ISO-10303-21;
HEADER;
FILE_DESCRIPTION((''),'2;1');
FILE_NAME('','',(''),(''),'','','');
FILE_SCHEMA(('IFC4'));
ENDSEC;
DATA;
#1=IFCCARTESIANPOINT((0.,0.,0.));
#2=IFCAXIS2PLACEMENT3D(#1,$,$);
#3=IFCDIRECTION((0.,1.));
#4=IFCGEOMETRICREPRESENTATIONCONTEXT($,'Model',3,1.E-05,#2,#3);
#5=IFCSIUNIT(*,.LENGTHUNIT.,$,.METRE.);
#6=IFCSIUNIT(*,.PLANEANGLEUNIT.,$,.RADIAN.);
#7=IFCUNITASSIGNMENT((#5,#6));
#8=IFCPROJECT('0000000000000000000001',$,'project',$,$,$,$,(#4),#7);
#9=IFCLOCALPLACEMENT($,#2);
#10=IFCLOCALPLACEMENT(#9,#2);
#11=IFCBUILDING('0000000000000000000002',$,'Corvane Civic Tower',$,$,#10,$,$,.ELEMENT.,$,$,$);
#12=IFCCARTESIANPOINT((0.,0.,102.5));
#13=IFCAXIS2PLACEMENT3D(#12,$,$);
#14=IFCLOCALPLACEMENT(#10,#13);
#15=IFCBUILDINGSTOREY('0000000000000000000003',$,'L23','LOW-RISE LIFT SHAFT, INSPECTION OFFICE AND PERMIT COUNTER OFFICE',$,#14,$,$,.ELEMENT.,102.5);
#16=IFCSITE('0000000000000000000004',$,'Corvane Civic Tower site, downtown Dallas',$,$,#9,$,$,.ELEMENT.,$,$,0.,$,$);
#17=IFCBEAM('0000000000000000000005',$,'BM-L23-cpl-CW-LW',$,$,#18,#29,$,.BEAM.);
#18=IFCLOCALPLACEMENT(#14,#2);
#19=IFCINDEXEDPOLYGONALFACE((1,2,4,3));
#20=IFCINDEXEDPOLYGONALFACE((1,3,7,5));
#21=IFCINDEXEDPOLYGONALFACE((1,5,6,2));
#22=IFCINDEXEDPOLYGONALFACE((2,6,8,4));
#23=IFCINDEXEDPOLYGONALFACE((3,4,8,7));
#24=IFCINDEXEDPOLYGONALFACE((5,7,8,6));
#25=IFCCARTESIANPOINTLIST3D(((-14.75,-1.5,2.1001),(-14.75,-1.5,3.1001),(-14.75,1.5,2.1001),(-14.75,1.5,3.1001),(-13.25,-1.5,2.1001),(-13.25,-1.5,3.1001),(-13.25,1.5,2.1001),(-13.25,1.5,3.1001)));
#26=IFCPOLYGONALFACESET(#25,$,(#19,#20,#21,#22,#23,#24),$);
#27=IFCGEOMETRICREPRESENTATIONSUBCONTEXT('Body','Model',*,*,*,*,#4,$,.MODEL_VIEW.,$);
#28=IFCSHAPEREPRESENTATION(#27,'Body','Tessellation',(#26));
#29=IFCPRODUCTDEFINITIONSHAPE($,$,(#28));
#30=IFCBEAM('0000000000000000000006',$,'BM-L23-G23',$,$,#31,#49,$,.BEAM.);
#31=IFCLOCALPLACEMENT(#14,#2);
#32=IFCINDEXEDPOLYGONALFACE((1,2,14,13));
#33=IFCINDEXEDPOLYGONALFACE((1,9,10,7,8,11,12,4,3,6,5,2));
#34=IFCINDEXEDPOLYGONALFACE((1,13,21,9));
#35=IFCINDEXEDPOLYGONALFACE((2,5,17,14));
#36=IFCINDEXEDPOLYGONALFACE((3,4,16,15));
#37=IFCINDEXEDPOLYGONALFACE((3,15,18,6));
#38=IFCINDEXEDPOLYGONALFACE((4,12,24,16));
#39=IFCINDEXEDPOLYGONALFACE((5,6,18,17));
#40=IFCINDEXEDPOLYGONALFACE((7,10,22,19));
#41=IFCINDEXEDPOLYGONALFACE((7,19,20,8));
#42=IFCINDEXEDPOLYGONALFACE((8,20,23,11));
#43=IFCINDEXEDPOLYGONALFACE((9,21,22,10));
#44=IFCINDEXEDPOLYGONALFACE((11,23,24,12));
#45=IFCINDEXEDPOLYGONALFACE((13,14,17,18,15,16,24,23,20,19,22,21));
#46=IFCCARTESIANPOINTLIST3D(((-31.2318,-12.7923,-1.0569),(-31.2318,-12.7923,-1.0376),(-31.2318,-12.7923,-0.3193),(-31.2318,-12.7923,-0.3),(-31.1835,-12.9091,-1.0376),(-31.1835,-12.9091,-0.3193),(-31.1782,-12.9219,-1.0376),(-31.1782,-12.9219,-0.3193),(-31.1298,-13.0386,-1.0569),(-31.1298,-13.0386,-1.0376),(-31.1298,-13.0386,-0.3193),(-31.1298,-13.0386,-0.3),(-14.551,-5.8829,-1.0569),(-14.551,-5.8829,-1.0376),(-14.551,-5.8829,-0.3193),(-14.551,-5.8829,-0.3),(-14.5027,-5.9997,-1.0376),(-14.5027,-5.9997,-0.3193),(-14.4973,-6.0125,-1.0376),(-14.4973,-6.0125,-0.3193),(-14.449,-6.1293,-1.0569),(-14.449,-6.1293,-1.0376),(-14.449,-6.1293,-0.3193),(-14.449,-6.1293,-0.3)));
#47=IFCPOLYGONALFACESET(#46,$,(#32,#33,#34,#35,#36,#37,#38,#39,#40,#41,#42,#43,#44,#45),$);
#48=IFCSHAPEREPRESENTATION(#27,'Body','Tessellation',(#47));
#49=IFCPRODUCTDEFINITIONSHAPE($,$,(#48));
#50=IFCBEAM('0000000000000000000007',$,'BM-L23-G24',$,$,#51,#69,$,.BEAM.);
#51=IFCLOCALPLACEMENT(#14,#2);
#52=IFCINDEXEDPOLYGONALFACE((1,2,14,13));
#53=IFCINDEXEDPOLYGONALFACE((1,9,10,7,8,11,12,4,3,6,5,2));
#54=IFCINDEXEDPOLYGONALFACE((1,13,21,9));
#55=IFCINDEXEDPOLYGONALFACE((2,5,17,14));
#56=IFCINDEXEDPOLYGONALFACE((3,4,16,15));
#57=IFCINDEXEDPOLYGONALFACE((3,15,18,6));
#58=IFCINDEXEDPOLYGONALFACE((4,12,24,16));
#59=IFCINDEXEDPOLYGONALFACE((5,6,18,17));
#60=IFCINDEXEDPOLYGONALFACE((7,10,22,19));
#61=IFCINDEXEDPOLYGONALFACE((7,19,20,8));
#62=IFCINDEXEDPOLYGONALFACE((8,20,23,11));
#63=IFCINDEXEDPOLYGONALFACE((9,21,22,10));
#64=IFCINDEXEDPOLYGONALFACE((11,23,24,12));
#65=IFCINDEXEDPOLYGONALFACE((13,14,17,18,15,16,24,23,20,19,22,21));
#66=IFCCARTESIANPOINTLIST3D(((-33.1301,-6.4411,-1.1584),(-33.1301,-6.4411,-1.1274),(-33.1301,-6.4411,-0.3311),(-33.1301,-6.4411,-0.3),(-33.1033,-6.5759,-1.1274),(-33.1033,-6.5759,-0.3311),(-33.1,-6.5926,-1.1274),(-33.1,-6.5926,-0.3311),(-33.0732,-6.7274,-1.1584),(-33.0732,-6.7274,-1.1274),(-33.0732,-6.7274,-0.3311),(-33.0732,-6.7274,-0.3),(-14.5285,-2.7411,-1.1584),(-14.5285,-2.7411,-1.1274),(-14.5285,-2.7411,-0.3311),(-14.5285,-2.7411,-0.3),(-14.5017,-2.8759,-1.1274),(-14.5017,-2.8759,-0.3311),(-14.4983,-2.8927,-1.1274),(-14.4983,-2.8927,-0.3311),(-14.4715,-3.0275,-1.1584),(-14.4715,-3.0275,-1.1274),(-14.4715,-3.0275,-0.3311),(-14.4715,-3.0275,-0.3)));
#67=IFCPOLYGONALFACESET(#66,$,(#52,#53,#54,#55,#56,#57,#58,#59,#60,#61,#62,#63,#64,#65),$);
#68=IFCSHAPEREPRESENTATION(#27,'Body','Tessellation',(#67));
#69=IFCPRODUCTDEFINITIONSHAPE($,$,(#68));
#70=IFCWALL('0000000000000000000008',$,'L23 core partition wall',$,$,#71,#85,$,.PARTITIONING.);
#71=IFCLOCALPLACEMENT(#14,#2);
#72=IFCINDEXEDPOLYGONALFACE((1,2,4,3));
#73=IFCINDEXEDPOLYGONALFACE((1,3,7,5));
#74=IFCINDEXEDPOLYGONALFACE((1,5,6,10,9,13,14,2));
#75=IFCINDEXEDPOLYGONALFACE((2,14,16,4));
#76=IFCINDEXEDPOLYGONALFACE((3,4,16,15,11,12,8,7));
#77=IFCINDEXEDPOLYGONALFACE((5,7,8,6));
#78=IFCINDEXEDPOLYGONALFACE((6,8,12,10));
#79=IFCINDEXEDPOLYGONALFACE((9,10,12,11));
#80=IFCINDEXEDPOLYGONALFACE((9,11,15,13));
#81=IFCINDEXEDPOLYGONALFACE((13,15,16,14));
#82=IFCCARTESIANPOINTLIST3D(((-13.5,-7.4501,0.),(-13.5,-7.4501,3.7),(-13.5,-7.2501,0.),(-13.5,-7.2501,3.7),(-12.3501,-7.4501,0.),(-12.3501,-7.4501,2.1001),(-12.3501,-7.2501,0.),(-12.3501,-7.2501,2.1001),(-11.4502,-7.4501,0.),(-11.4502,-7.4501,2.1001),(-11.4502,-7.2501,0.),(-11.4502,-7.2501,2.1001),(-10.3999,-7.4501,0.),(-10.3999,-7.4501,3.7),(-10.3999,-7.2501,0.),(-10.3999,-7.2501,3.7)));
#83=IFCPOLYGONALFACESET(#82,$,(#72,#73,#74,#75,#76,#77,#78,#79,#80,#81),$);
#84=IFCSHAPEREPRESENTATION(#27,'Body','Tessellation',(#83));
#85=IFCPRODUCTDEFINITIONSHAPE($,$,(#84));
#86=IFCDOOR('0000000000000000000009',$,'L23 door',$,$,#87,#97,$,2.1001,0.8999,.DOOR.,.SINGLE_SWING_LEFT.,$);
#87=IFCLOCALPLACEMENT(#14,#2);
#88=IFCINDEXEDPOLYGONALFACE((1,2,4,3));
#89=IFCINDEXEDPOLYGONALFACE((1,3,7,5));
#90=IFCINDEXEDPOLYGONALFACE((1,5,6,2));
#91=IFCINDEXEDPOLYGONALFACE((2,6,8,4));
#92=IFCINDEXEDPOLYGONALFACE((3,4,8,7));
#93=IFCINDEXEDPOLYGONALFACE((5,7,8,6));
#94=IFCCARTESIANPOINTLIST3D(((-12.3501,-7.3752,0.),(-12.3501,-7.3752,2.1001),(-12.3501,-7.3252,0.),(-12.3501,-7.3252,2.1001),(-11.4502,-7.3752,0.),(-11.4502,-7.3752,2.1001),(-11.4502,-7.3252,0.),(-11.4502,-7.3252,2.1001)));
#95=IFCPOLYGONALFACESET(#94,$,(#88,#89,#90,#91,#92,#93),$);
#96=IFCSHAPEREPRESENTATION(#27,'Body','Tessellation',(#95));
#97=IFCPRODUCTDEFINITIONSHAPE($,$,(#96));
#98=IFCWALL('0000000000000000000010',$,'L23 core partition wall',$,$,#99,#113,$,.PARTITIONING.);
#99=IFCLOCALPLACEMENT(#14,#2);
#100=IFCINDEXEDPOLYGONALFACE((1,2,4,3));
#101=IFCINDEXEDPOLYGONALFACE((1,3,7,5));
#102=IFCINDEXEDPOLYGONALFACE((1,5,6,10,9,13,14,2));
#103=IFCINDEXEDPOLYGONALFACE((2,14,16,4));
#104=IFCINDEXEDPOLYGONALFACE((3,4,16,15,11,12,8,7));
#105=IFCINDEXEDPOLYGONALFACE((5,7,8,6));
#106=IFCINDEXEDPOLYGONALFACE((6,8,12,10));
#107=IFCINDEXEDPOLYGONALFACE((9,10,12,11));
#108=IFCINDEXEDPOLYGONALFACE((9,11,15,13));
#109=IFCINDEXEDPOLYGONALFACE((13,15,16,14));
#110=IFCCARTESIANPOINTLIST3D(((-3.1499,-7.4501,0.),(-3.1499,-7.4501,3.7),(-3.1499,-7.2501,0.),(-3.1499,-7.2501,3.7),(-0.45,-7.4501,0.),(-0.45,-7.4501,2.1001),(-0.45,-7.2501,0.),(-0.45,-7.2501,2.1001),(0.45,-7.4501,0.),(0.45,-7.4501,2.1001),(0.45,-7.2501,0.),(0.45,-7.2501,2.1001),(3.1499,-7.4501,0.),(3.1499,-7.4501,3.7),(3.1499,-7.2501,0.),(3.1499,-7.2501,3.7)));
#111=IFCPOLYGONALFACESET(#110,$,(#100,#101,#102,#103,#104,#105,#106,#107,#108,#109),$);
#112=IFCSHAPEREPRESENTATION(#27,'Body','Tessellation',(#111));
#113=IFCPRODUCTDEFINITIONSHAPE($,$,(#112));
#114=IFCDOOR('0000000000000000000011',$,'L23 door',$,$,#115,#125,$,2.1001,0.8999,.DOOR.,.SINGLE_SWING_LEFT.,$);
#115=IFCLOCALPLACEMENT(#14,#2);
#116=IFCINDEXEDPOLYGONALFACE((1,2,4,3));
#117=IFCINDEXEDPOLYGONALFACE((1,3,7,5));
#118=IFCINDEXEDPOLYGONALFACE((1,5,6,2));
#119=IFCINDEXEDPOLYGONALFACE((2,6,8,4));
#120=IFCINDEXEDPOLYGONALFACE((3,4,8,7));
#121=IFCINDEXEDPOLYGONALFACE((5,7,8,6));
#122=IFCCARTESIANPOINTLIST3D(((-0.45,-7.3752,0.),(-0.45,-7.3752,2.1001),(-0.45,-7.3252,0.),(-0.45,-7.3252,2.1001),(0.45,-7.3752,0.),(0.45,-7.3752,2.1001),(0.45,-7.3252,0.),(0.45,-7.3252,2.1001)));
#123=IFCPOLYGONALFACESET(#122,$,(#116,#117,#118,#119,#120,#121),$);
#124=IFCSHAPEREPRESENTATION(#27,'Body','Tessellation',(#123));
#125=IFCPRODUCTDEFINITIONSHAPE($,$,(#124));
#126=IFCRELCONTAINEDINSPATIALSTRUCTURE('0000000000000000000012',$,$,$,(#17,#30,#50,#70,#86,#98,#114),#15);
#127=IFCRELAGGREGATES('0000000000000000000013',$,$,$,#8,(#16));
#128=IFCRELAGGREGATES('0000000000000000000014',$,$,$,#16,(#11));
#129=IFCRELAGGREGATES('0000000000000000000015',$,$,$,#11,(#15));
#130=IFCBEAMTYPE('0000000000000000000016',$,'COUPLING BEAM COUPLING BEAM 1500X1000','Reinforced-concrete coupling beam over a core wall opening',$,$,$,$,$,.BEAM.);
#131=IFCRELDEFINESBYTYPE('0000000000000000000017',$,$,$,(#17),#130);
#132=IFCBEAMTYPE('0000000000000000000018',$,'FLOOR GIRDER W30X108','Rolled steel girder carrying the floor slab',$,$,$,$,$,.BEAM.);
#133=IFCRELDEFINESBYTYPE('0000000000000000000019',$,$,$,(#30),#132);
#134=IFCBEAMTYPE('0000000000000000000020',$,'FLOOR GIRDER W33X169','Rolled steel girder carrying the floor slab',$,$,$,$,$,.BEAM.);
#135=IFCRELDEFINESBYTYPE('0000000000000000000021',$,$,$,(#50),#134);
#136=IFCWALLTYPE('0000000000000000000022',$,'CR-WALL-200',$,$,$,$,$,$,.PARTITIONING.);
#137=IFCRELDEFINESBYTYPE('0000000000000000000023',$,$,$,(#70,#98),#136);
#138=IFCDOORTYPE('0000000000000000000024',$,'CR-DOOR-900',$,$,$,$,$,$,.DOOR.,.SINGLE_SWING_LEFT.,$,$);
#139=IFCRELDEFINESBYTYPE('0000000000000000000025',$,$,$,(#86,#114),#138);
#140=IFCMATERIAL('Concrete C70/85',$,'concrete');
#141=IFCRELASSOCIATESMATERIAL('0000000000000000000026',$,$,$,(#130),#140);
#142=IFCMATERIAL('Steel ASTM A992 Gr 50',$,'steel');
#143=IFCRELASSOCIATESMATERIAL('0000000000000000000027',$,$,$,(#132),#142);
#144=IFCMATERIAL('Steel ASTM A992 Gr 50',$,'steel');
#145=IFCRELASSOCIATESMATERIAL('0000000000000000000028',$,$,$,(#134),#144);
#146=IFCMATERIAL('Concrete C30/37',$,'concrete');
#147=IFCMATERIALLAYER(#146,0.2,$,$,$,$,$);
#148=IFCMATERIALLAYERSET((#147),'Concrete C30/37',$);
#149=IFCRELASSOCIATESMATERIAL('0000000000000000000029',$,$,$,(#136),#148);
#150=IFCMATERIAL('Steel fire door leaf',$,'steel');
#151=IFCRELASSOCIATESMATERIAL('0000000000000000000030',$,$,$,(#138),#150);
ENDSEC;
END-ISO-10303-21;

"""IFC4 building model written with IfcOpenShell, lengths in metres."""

from ifc_helpers import new_model, si_unit, direction, frame, frame_2d, origin, origin_2d, place, context, subcontext, project, spatial, rectangle, i_section, extrude, material, layer, layer_set, material_profile, profile_set, type_object, element, fill, save


model = new_model("IFC4")

# Units and contexts
model_context = context("Model", 3, precision=1e-05, world=origin(), true_north=direction((0.0, 1.0)))
body_context = subcontext(model_context, "Body", "Model", "MODEL_VIEW")
ifc_project = project(units=[si_unit("LENGTHUNIT", "METRE"), si_unit("PLANEANGLEUNIT", "RADIAN")], contexts=[model_context])

# Site, building, storey
site_placement = place(None, origin())
site = spatial("IfcSite", under=ifc_project, at=site_placement, Name="Corvane Civic Tower site, downtown Dallas", CompositionType="ELEMENT", RefElevation=0.0)
building_placement = place(site_placement, origin())
building = spatial("IfcBuilding", under=site, at=building_placement, Name="Corvane Civic Tower", CompositionType="ELEMENT")
storey_placement = place(building_placement, frame((0.0, 0.0, 102.5)))
storey = spatial("IfcBuildingStorey", under=building, at=storey_placement, Name="L23", Description="LOW-RISE LIFT SHAFT, INSPECTION OFFICE AND PERMIT COUNTER OFFICE", CompositionType="ELEMENT", Elevation=102.5)

# Beams
ifc_material_1 = material(Name="Concrete C70/85", Category="concrete")
ifc_material_profile_1 = material_profile(ifc_material_1, rectangle(XDim=1.5, YDim=1.0, at=origin_2d()), Name="COUPLING BEAM 1500X1000")
ifc_profile_set_1 = profile_set([ifc_material_profile_1], Name="Concrete C70/85")
beam_type_1 = type_object("IfcBeamType", Name="COUPLING BEAM COUPLING BEAM 1500X1000", Description="Reinforced-concrete coupling beam over a core wall opening", PredefinedType="BEAM", material=ifc_profile_set_1)
beam_1_placement = place(storey_placement, frame((-14.0, -1.5, 2.6001), z_axis=(0.0, 1.0, 0.0), x_axis=(-1.0, 0.0, 0.0)))
element("IfcBeam", 1, at=beam_1_placement, inside=storey, type_object=beam_type_1, Name="BM-L23-cpl-CW-LW", PredefinedType="BEAM", context=body_context, shape_type="SweptSolid", body=[
    extrude(rectangle(XDim=1.5, YDim=1.0, at=origin_2d()), origin(), (0.0, 0.0, 1.0), 3.0),
])
ifc_material_2 = material(Name="Steel ASTM A992 Gr 50", Category="steel")
ifc_material_profile_2 = material_profile(ifc_material_2, i_section(OverallWidth=0.2666, OverallDepth=0.7568, WebThickness=0.0139, FlangeThickness=0.0193, at=origin_2d()), Name="W30X108")
ifc_profile_set_2 = profile_set([ifc_material_profile_2], Name="Steel ASTM A992 Gr 50")
beam_type_2 = type_object("IfcBeamType", Name="FLOOR GIRDER W30X108", Description="Rolled steel girder carrying the floor slab", PredefinedType="BEAM", material=ifc_profile_set_2)
beam_2_placement = place(storey_placement, frame((-14.5, -6.0061, -0.6785), z_axis=(-0.92388, -0.382682, 0.0), x_axis=(0.382682, -0.92388, 0.0)))
element("IfcBeam", 2, at=beam_2_placement, inside=storey, type_object=beam_type_2, Name="BM-L23-G23", PredefinedType="BEAM", context=body_context, shape_type="SweptSolid", body=[
    extrude(i_section(OverallWidth=0.2666, OverallDepth=0.7568, WebThickness=0.0139, FlangeThickness=0.0193, at=origin_2d()), origin(), (0.0, 0.0, 1.0), 18.0552),
])
ifc_material_3 = material(Name="Steel ASTM A992 Gr 50", Category="steel")
ifc_material_profile_3 = material_profile(ifc_material_3, i_section(OverallWidth=0.292, OverallDepth=0.8584, WebThickness=0.0171, FlangeThickness=0.031, at=origin_2d()), Name="W33X169")
ifc_profile_set_3 = profile_set([ifc_material_profile_3], Name="Steel ASTM A992 Gr 50")
beam_type_3 = type_object("IfcBeamType", Name="FLOOR GIRDER W33X169", Description="Rolled steel girder carrying the floor slab", PredefinedType="BEAM", material=ifc_profile_set_3)
beam_3_placement = place(storey_placement, frame((-14.5, -2.8843, -0.7292), z_axis=(-0.980787, -0.195084, 0.0), x_axis=(0.195084, -0.980787, 0.0)))
element("IfcBeam", 3, at=beam_3_placement, inside=storey, type_object=beam_type_3, Name="BM-L23-G24", PredefinedType="BEAM", context=body_context, shape_type="SweptSolid", body=[
    extrude(i_section(OverallWidth=0.292, OverallDepth=0.8584, WebThickness=0.0171, FlangeThickness=0.031, at=origin_2d()), origin(), (0.0, 0.0, 1.0), 18.9661),
])

# Walls, openings, doors
ifc_material_4 = material(Name="Concrete C30/37", Category="concrete")
ifc_layer_1 = layer(ifc_material_4, 0.2)
ifc_layer_set_1 = layer_set([ifc_layer_1], Name="Concrete C30/37")
wall_type_1 = type_object("IfcWallType", Name="CR-WALL-200", PredefinedType="PARTITIONING", material=ifc_layer_set_1)
wall_1_placement = place(storey_placement, frame((-13.5, -7.3501, 0.0), z_axis=(0.0, 0.0, 1.0), x_axis=(1.0, 0.0, 0.0)))
wall_1 = element("IfcWall", 4, at=wall_1_placement, inside=storey, type_object=wall_type_1, Name="L23 core partition wall", PredefinedType="PARTITIONING", context=body_context, shape_type="SweptSolid", body=[
    extrude(rectangle(XDim=3.1001, YDim=0.2, at=frame_2d((1.55, 0.0))), origin(), (0.0, 0.0, 1.0), 3.7),
])
opening_1_placement = place(wall_1_placement, frame((1.1499, 0.0, 0.0)))
opening_1 = element("IfcOpeningElement", 5, at=opening_1_placement, cuts=wall_1, PredefinedType="OPENING", context=body_context, shape_type="SweptSolid", body=[
    extrude(rectangle(XDim=0.8999, YDim=2.1001, at=frame_2d((0.45, 1.05))), frame((0.0, 0.1099, 0.0), z_axis=(0.0, -1.0, 0.0), x_axis=(1.0, 0.0, 0.0)), (0.0, 0.0, 1.0), 0.22),
])
ifc_material_5 = material(Name="Steel fire door leaf", Category="steel")
door_type_1 = type_object("IfcDoorType", Name="CR-DOOR-900", OperationType="SINGLE_SWING_LEFT", PredefinedType="DOOR", material=ifc_material_5)
door_1_placement = place(opening_1_placement, origin())
door_1 = element("IfcDoor", 6, at=door_1_placement, inside=storey, type_object=door_type_1, Name="L23 door", OperationType="SINGLE_SWING_LEFT", OverallHeight=2.1001, OverallWidth=0.8999, PredefinedType="DOOR", context=body_context, shape_type="SweptSolid", body=[
    extrude(rectangle(XDim=0.8999, YDim=2.1001, at=frame_2d((0.45, 1.05))), frame((0.0, 0.0249, 0.0), z_axis=(0.0, -1.0, 0.0), x_axis=(1.0, 0.0, 0.0)), (0.0, 0.0, 1.0), 0.05),
])
fill(opening_1, door_1)
wall_2_placement = place(storey_placement, frame((-3.1499, -7.3501, 0.0), z_axis=(0.0, 0.0, 1.0), x_axis=(1.0, 0.0, 0.0)))
wall_2 = element("IfcWall", 7, at=wall_2_placement, inside=storey, type_object=wall_type_1, Name="L23 core partition wall", PredefinedType="PARTITIONING", context=body_context, shape_type="SweptSolid", body=[
    extrude(rectangle(XDim=6.2998, YDim=0.2, at=frame_2d((3.1499, 0.0))), origin(), (0.0, 0.0, 1.0), 3.7),
])
opening_2_placement = place(wall_2_placement, frame((2.7, 0.0, 0.0)))
opening_2 = element("IfcOpeningElement", 8, at=opening_2_placement, cuts=wall_2, PredefinedType="OPENING", context=body_context, shape_type="SweptSolid", body=[
    extrude(rectangle(XDim=0.8999, YDim=2.1001, at=frame_2d((0.45, 1.05))), frame((0.0, 0.1099, 0.0), z_axis=(0.0, -1.0, 0.0), x_axis=(1.0, 0.0, 0.0)), (0.0, 0.0, 1.0), 0.22),
])
door_2_placement = place(opening_2_placement, origin())
door_2 = element("IfcDoor", 9, at=door_2_placement, inside=storey, type_object=door_type_1, Name="L23 door", OperationType="SINGLE_SWING_LEFT", OverallHeight=2.1001, OverallWidth=0.8999, PredefinedType="DOOR", context=body_context, shape_type="SweptSolid", body=[
    extrude(rectangle(XDim=0.8999, YDim=2.1001, at=frame_2d((0.45, 1.05))), frame((0.0, 0.0249, 0.0), z_axis=(0.0, -1.0, 0.0), x_axis=(1.0, 0.0, 0.0)), (0.0, 0.0, 1.0), 0.05),
])
fill(opening_2, door_2)

save(model, "model.ifc")
